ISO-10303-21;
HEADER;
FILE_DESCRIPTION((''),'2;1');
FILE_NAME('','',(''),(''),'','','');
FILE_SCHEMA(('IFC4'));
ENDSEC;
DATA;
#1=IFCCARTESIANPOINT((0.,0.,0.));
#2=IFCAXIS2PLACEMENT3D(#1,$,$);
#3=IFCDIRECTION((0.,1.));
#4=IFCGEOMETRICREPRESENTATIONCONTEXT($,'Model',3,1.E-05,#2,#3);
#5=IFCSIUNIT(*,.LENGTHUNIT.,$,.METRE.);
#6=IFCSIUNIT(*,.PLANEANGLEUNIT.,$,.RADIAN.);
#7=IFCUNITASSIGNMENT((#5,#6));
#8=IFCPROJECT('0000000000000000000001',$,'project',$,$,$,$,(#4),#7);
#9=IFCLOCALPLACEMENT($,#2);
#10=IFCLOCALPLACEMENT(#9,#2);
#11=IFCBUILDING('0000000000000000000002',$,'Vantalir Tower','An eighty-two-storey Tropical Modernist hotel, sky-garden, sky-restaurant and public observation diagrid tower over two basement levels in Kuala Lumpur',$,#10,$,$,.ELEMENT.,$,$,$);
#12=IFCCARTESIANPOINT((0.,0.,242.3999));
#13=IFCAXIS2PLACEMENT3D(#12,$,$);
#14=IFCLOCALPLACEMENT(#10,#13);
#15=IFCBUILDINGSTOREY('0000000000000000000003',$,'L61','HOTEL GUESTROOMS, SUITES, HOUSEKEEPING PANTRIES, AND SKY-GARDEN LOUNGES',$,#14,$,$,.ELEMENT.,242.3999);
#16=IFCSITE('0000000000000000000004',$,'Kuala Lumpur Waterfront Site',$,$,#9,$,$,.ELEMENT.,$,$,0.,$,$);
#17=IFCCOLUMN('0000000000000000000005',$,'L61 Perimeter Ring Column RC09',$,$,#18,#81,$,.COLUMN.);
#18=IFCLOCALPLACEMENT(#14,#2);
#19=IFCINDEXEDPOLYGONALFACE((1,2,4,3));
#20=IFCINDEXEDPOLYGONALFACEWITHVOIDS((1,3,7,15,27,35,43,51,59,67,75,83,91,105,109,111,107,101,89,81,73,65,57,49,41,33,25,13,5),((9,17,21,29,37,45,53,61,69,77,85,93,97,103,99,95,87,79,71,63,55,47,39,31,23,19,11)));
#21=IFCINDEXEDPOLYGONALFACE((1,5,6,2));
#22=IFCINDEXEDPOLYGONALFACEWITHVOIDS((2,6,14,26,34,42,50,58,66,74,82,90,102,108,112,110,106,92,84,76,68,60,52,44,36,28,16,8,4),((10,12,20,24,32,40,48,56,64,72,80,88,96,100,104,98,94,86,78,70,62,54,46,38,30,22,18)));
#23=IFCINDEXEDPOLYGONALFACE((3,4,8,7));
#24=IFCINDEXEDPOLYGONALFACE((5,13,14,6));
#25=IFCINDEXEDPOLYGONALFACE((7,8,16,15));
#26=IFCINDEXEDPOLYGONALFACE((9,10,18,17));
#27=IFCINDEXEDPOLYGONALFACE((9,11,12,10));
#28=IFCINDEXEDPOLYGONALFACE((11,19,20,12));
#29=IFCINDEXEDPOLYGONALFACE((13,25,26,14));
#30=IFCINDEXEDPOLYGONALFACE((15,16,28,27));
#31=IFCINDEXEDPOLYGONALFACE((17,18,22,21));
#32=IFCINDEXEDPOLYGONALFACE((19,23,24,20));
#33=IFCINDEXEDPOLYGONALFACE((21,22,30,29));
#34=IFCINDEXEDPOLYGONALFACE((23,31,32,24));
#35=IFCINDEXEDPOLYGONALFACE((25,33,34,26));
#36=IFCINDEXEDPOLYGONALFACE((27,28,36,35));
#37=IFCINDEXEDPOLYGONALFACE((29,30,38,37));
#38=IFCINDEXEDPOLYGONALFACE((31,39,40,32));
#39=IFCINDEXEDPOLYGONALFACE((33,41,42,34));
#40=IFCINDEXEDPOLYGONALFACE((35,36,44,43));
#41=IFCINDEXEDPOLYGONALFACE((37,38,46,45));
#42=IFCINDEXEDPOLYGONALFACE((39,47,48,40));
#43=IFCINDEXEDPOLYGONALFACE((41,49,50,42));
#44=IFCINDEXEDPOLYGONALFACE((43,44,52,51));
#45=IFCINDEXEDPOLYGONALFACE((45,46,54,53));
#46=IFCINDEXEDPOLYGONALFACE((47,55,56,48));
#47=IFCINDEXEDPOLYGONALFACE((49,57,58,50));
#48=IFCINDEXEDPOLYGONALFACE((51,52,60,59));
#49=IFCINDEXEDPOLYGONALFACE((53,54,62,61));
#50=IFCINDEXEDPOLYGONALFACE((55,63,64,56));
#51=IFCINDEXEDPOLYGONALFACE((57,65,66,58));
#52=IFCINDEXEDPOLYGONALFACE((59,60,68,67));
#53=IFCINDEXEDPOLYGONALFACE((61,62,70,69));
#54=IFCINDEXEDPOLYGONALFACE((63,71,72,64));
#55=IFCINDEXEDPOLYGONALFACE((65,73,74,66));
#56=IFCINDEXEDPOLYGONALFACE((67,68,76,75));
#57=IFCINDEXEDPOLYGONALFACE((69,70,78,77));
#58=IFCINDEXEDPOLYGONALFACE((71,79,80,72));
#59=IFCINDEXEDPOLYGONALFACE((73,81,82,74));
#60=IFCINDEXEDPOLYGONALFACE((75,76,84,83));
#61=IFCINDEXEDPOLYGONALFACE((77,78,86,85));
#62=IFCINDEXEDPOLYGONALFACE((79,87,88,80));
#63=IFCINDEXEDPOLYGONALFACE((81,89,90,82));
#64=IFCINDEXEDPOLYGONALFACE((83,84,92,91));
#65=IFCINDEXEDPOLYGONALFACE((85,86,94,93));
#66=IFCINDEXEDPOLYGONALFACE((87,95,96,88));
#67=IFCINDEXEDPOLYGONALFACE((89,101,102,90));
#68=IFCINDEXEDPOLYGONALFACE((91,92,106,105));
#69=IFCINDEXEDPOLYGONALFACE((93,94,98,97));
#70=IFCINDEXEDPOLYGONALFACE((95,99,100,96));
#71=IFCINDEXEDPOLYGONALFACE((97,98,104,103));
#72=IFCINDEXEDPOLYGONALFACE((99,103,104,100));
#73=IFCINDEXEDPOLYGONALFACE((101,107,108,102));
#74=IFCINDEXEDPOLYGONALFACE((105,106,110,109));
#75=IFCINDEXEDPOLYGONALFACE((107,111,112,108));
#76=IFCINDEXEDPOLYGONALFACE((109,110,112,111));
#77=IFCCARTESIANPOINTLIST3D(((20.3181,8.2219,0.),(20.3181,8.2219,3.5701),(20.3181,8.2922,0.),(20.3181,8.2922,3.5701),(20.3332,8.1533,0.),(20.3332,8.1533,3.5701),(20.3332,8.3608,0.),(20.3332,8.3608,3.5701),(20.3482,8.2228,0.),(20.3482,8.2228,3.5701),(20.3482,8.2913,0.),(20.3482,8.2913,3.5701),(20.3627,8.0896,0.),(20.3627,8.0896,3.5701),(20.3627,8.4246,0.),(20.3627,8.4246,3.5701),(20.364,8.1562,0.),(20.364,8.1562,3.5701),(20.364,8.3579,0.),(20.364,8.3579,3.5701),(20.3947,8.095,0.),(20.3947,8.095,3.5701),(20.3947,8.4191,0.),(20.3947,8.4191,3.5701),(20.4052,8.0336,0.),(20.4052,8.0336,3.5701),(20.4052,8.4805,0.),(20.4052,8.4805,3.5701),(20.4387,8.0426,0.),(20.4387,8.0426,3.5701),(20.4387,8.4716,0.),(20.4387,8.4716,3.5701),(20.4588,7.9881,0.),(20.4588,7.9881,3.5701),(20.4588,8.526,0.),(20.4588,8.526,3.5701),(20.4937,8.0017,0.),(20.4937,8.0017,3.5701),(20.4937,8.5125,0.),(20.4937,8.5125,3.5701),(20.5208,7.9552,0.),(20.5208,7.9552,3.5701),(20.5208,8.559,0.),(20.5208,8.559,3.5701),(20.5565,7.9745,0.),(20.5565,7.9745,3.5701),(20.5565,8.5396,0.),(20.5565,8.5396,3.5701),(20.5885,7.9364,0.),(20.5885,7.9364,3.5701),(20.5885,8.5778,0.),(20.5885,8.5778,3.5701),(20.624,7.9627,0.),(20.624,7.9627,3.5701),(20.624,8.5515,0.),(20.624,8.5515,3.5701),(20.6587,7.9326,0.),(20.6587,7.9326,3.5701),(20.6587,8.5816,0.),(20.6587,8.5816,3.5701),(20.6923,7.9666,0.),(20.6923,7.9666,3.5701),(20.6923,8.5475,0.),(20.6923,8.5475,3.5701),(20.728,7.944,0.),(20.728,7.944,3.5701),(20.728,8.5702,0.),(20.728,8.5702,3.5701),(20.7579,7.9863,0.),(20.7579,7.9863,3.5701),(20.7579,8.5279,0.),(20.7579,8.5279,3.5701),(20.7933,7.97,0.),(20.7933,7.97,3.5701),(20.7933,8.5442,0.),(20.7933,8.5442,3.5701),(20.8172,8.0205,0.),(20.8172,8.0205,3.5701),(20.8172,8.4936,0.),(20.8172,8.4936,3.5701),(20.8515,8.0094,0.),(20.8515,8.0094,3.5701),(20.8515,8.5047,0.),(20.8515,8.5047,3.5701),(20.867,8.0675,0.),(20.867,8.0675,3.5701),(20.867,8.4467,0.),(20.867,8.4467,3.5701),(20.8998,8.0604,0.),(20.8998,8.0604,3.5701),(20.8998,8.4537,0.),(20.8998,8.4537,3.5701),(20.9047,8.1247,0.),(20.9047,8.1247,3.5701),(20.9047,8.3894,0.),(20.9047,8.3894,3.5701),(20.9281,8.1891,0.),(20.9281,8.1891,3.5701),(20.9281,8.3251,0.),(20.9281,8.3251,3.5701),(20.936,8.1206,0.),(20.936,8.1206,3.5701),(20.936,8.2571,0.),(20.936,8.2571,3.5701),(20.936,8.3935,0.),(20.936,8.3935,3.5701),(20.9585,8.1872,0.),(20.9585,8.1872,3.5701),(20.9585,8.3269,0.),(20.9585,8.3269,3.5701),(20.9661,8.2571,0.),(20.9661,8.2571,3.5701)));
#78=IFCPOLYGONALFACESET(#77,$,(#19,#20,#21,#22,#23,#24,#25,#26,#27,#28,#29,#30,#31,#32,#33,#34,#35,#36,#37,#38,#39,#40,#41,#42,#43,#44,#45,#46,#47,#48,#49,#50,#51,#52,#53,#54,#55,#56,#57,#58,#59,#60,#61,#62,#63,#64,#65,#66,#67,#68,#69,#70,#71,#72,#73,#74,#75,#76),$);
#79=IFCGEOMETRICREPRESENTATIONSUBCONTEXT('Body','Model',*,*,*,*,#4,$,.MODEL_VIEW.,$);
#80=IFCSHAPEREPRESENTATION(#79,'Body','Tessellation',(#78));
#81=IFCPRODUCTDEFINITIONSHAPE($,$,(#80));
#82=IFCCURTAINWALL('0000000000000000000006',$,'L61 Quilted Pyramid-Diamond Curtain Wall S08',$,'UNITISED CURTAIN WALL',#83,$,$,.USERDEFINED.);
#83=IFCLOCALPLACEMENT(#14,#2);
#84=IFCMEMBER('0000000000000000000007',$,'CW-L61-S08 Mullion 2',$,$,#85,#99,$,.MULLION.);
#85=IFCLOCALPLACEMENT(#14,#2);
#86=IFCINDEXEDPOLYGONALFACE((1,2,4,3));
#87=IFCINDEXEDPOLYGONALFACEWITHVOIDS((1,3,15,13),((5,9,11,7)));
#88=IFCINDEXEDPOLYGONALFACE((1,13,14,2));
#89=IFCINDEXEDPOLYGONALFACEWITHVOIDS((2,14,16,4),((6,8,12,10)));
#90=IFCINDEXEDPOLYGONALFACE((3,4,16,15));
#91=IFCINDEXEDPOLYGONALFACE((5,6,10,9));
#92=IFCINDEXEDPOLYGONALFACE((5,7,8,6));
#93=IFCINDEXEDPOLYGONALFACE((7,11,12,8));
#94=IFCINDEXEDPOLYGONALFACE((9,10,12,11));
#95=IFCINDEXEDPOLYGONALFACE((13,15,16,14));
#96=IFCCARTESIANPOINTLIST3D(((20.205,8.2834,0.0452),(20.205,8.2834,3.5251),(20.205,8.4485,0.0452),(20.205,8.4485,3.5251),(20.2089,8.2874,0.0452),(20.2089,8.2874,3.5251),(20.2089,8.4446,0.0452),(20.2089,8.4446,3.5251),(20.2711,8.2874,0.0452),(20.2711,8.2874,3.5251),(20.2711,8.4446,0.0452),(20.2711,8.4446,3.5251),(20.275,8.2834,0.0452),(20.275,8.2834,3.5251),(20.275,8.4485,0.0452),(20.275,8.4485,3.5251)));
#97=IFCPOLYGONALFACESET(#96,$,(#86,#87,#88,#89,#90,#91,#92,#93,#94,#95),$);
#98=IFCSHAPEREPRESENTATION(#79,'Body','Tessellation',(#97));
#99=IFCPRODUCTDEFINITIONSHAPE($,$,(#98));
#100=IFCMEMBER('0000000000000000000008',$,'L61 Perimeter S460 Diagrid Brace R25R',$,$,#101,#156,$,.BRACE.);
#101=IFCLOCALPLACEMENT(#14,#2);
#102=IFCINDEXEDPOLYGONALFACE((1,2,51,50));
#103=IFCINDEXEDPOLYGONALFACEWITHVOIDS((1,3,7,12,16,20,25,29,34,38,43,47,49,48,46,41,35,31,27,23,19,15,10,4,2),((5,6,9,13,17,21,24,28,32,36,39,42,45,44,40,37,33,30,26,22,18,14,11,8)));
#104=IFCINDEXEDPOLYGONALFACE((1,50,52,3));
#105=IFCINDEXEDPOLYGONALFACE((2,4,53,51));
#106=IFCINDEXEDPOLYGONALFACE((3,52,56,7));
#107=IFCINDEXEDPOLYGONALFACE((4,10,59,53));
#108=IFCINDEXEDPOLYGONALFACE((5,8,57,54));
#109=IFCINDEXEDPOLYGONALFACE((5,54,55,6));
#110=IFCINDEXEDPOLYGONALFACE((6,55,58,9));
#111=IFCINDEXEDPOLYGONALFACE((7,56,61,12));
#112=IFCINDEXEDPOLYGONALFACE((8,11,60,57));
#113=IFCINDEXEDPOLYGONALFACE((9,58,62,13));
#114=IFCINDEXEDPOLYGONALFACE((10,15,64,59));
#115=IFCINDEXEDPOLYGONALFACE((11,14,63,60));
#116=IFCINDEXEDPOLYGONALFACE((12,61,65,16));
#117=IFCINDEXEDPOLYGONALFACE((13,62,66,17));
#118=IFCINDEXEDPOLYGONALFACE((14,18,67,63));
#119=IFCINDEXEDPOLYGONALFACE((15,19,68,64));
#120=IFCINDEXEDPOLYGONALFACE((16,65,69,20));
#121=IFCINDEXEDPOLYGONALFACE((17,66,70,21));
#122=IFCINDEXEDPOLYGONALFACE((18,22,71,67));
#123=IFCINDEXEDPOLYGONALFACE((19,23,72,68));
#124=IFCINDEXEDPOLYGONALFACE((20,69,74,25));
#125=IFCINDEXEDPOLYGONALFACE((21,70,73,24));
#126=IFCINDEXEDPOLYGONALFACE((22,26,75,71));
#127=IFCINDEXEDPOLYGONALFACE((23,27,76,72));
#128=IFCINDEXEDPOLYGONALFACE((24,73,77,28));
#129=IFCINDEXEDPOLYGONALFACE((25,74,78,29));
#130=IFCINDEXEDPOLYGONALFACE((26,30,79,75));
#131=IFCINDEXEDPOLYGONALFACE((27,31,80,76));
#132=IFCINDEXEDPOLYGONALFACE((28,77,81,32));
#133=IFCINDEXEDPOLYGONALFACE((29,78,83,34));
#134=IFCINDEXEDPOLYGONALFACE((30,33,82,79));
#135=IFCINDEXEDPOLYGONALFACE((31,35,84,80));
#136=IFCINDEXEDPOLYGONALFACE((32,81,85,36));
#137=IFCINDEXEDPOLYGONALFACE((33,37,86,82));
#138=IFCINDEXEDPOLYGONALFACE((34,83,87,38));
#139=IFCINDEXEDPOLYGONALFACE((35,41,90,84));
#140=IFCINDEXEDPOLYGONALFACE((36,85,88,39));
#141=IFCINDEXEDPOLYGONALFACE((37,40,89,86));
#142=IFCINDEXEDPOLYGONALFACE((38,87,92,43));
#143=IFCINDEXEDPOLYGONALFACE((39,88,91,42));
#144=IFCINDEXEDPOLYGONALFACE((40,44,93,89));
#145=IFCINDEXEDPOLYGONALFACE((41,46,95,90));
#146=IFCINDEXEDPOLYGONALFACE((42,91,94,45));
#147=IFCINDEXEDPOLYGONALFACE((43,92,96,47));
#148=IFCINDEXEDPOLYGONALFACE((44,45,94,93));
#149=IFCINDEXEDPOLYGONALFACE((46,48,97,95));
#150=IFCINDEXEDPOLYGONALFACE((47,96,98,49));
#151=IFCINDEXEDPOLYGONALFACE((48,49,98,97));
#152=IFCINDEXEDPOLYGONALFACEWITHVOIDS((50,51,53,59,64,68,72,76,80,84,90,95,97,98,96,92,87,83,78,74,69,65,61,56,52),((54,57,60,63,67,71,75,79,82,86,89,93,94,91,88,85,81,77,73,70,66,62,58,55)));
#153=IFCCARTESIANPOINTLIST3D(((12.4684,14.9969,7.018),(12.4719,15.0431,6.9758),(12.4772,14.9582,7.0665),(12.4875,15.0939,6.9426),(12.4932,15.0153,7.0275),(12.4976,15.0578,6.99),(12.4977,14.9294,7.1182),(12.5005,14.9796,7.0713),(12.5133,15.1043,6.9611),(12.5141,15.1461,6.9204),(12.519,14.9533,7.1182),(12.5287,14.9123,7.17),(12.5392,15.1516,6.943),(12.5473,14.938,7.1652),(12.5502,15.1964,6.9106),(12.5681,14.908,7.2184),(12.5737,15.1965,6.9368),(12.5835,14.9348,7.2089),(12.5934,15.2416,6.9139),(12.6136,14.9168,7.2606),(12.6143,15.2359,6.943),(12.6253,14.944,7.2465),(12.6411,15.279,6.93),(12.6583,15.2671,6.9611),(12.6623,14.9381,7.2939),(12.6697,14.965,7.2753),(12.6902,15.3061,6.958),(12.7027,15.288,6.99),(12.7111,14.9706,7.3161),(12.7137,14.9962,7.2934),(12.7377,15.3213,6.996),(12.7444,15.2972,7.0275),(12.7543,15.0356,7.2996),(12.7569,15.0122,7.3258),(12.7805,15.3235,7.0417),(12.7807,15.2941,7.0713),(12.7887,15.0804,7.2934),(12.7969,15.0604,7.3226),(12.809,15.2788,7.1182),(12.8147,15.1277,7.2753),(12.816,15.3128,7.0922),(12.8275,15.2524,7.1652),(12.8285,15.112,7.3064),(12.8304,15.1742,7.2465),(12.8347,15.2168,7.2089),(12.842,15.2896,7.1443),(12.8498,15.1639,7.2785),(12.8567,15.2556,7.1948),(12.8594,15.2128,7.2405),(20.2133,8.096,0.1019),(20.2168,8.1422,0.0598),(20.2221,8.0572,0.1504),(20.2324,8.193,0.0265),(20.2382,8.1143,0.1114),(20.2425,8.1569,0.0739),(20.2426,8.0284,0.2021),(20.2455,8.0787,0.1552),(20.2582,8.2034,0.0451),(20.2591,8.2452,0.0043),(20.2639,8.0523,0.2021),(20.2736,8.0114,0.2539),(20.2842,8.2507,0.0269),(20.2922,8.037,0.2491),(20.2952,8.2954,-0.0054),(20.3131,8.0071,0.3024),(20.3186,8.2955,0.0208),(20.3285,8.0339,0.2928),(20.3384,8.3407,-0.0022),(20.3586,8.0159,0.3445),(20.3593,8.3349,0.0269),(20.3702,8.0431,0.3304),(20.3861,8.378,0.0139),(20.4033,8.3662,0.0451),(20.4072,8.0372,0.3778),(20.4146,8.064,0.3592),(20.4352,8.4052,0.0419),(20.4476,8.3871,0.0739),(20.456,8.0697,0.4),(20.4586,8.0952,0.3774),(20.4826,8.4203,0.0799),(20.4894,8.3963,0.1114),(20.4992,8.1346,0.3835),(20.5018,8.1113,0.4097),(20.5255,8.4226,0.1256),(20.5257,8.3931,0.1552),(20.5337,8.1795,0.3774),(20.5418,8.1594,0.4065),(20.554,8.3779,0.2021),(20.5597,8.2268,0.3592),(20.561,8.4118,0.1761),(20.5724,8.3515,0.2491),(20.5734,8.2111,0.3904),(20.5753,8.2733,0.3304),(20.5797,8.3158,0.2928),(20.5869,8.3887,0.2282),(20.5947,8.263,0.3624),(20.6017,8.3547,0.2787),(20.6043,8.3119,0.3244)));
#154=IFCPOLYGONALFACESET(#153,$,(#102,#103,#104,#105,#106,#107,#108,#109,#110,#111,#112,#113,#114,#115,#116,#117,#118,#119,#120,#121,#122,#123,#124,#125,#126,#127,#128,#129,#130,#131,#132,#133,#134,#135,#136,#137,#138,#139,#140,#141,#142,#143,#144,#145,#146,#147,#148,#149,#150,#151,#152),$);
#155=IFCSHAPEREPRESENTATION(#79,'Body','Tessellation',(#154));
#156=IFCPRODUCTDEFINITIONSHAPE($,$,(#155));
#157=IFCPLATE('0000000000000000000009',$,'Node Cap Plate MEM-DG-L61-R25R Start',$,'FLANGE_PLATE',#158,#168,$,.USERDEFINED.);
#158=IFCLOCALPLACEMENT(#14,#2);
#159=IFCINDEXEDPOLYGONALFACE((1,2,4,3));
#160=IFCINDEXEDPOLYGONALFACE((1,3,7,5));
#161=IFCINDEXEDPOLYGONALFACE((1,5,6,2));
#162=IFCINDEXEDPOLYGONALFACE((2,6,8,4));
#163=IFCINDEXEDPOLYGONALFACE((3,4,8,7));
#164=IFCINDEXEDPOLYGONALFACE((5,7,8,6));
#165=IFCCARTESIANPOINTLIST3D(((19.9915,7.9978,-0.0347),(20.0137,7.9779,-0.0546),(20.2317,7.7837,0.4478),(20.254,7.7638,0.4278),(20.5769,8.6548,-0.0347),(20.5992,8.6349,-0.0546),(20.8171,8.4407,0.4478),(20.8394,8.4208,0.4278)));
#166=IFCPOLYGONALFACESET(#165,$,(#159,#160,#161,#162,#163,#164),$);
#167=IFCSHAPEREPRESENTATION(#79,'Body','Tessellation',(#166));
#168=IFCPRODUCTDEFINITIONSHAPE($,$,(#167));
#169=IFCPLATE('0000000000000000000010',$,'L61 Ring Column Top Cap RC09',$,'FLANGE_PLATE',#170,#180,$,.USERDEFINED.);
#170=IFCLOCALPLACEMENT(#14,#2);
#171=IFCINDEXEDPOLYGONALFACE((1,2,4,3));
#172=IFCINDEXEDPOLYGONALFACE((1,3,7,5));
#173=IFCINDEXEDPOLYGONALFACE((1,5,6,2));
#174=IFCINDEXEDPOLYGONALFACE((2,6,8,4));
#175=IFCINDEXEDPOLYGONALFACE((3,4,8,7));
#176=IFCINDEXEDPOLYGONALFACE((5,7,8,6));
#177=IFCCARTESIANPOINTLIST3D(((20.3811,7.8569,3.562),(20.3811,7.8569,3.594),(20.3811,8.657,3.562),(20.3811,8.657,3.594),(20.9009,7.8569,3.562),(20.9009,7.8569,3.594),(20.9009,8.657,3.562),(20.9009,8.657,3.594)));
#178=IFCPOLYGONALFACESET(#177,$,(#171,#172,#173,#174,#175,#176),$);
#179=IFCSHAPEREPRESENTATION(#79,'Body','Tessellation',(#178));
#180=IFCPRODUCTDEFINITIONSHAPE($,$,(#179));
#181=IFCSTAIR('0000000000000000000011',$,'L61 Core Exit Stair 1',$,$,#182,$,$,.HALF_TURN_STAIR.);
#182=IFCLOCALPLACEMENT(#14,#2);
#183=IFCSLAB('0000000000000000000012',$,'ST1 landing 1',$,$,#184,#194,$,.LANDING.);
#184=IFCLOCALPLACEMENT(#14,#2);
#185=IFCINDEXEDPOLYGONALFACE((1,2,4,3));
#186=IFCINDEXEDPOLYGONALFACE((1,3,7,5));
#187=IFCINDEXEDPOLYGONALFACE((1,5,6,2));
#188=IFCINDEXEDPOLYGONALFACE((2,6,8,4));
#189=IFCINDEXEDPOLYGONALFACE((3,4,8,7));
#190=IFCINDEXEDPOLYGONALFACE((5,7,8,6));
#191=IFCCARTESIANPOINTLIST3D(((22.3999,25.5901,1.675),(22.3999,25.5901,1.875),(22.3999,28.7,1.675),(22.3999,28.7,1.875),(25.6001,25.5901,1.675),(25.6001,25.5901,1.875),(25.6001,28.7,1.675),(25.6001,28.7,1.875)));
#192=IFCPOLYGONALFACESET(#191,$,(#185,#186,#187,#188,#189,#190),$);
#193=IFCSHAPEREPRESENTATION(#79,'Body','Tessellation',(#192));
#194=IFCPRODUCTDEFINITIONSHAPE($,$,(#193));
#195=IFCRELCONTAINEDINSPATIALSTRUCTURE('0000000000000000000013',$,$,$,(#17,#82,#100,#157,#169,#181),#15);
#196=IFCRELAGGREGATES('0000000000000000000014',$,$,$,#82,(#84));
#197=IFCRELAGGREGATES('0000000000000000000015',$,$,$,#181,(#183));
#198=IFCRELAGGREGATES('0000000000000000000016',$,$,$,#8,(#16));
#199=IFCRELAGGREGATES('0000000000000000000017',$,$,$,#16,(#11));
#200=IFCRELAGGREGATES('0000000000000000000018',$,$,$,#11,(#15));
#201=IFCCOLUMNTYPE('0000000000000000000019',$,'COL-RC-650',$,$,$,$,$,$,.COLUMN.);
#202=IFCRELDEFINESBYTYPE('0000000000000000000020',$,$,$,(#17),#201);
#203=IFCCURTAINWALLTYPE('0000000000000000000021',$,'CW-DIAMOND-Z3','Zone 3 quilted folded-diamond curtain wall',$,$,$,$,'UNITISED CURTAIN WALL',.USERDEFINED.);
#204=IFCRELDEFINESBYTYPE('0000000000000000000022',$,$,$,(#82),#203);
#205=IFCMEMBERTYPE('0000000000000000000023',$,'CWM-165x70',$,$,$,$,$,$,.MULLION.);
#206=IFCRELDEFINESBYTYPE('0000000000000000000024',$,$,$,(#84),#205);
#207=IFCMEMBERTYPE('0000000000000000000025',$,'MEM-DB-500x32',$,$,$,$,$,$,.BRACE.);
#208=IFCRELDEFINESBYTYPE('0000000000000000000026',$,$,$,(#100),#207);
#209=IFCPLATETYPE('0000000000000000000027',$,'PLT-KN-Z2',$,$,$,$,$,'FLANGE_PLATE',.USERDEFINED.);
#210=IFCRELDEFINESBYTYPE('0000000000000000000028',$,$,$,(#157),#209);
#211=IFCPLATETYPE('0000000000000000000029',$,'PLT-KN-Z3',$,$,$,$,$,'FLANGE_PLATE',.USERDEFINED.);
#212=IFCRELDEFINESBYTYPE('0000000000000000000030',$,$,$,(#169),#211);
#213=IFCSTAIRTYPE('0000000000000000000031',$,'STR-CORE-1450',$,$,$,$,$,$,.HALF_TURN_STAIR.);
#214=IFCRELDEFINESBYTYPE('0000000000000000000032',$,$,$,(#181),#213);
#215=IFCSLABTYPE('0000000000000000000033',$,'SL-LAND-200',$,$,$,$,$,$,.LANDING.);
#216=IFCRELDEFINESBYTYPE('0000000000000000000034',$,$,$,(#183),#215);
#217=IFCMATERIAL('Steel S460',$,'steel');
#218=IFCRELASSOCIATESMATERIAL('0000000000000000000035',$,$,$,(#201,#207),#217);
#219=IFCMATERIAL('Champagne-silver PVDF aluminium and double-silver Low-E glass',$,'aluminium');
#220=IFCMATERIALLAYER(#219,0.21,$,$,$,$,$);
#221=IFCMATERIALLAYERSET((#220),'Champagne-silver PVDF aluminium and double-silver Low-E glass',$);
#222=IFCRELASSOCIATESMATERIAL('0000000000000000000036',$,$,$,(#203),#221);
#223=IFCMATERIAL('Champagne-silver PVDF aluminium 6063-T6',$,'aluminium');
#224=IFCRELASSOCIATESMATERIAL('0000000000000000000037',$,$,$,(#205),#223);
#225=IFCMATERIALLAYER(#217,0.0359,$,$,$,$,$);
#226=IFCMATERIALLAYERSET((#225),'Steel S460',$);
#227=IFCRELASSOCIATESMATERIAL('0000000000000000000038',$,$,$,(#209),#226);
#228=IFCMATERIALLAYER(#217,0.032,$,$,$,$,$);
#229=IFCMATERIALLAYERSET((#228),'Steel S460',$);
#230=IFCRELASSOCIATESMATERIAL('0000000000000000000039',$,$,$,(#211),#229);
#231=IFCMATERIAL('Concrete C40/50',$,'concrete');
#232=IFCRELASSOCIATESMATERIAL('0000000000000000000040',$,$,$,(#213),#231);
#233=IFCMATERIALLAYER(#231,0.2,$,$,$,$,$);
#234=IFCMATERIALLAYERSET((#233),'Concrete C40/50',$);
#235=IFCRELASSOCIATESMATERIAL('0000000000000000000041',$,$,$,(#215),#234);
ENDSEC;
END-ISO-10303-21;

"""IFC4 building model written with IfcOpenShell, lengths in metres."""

from ifc_helpers import new_model, si_unit, direction, frame, origin, origin_2d, place, context, subcontext, project, spatial, polyline, hollow_rectangle, hollow_circle, outline, extrude, material, layer, layer_set, material_profile, profile_set, type_object, element, aggregate, save


model = new_model("IFC4")

# Units and contexts
model_context = context("Model", 3, precision=1e-05, world=origin(), true_north=direction((0.0, 1.0)))
body_context = subcontext(model_context, "Body", "Model", "MODEL_VIEW")
ifc_project = project(units=[si_unit("LENGTHUNIT", "METRE"), si_unit("PLANEANGLEUNIT", "RADIAN")], contexts=[model_context])

# Site, building, storey
site_placement = place(None, origin())
site = spatial("IfcSite", under=ifc_project, at=site_placement, Name="Kuala Lumpur Waterfront Site", CompositionType="ELEMENT", RefElevation=0.0)
building_placement = place(site_placement, origin())
building = spatial("IfcBuilding", under=site, at=building_placement, Name="Vantalir Tower", Description="An eighty-two-storey Tropical Modernist hotel, sky-garden, sky-restaurant and public observation diagrid tower over two basement levels in Kuala Lumpur", CompositionType="ELEMENT")
storey_placement = place(building_placement, frame((0.0, 0.0, 242.3999)))
storey = spatial("IfcBuildingStorey", under=building, at=storey_placement, Name="L61", Description="HOTEL GUESTROOMS, SUITES, HOUSEKEEPING PANTRIES, AND SKY-GARDEN LOUNGES", CompositionType="ELEMENT", Elevation=242.3999)

# Column
ifc_material_1 = material(Name="Steel S460", Category="steel")
ifc_material_profile_1 = material_profile(ifc_material_1, hollow_circle(Radius=0.325, WallThickness=0.03, at=origin_2d()), Name="Steel S460")
ifc_profile_set_1 = profile_set([ifc_material_profile_1], Name="Steel S460")
column_type = type_object("IfcColumnType", Name="COL-RC-650", PredefinedType="COLUMN", material=ifc_profile_set_1)
column_placement = place(storey_placement, frame((20.6411, 8.2571, 0.0), z_axis=(0.0, 0.0, 1.0), x_axis=(1.0, 0.0, 0.0)))
element("IfcColumn", 1, at=column_placement, inside=storey, type_object=column_type, Name="L61 Perimeter Ring Column RC09", PredefinedType="COLUMN", context=body_context, shape_type="SweptSolid", body=[
    extrude(hollow_circle(Radius=0.325, WallThickness=0.03, at=origin_2d()), origin(), (0.0, 0.0, 1.0), 3.5701),
])

# Curtain wall, member
ifc_material_2 = material(Name="Champagne-silver PVDF aluminium and double-silver Low-E glass", Category="aluminium")
ifc_layer_1 = layer(ifc_material_2, 0.21)
ifc_layer_set_1 = layer_set([ifc_layer_1], Name="Champagne-silver PVDF aluminium and double-silver Low-E glass")
curtain_wall_type = type_object("IfcCurtainWallType", Name="CW-DIAMOND-Z3", Description="Zone 3 quilted folded-diamond curtain wall", ElementType="UNITISED CURTAIN WALL", PredefinedType="USERDEFINED", material=ifc_layer_set_1)
curtain_wall_placement = place(storey_placement, origin())
curtain_wall = element("IfcCurtainWall", 2, at=curtain_wall_placement, inside=storey, type_object=curtain_wall_type, Name="L61 Quilted Pyramid-Diamond Curtain Wall S08", ObjectType="UNITISED CURTAIN WALL", PredefinedType="USERDEFINED")
ifc_material_3 = material(Name="Champagne-silver PVDF aluminium 6063-T6", Category="aluminium")
ifc_material_profile_2 = material_profile(ifc_material_3, hollow_rectangle(XDim=0.0701, YDim=0.165, WallThickness=0.0039, at=origin_2d()), Name="Champagne-silver PVDF aluminium 6063-T6")
ifc_profile_set_2 = profile_set([ifc_material_profile_2], Name="Champagne-silver PVDF aluminium 6063-T6")
member_type_1 = type_object("IfcMemberType", Name="CWM-165x70", PredefinedType="MULLION", material=ifc_profile_set_2)
member_1_placement = place(storey_placement, frame((20.24, 8.366, 0.0452), z_axis=(0.0, 0.0, 1.0), x_axis=(1.0, 0.0, 0.0)))
member_1 = element("IfcMember", 3, at=member_1_placement, type_object=member_type_1, Name="CW-L61-S08 Mullion 2", PredefinedType="MULLION", context=body_context, shape_type="SweptSolid", body=[
    extrude(hollow_rectangle(XDim=0.0701, YDim=0.165, WallThickness=0.0039, at=origin_2d()), origin(), (0.0, 0.0, 1.0), 3.48),
])
aggregate(curtain_wall, [member_1])

# Member
ifc_material_profile_3 = material_profile(ifc_material_1, hollow_circle(Radius=0.25, WallThickness=0.032, at=origin_2d()), Name="Steel S460")
ifc_profile_set_3 = profile_set([ifc_material_profile_3], Name="Steel S460")
member_type_2 = type_object("IfcMemberType", Name="MEM-DB-500x32", PredefinedType="BRACE", material=ifc_profile_set_3)
member_2_placement = place(storey_placement, frame((20.4089, 8.2151, 0.2021), z_axis=(-0.621209, 0.553513, 0.554727), x_axis=(-0.665254, -0.746617, 0.0)))
element("IfcMember", 4, at=member_2_placement, inside=storey, type_object=member_type_2, Name="L61 Perimeter S460 Diagrid Brace R25R", PredefinedType="BRACE", context=body_context, shape_type="SweptSolid", body=[
    extrude(hollow_circle(Radius=0.25, WallThickness=0.032, at=origin_2d()), origin(), (0.0, 0.0, 1.0), 12.4675),
])

# Plates
ifc_layer_2 = layer(ifc_material_1, 0.0359)
ifc_layer_set_2 = layer_set([ifc_layer_2], Name="Steel S460")
plate_type_1 = type_object("IfcPlateType", Name="PLT-KN-Z2", ElementType="FLANGE_PLATE", PredefinedType="USERDEFINED", material=ifc_layer_set_2)
plate_1_placement = place(storey_placement, frame((20.5769, 8.6548, -0.0347), z_axis=(-0.621083, 0.553458, 0.554923), x_axis=(-0.665293, -0.746582, 0.0)))
element("IfcPlate", 5, at=plate_1_placement, inside=storey, type_object=plate_type_1, Name="Node Cap Plate MEM-DG-L61-R25R Start", ObjectType="FLANGE_PLATE", PredefinedType="USERDEFINED", context=body_context, shape_type="SweptSolid", body=[
    extrude(outline(polyline([(0.0, 0.0), (0.88, 0.0), (0.88, 0.5799), (0.0, 0.5799), (0.0, 0.0)])), origin(), (0.0, 0.0, -1.0), 0.0359),
])
ifc_layer_3 = layer(ifc_material_1, 0.032)
ifc_layer_set_3 = layer_set([ifc_layer_3], Name="Steel S460")
plate_type_2 = type_object("IfcPlateType", Name="PLT-KN-Z3", ElementType="FLANGE_PLATE", PredefinedType="USERDEFINED", material=ifc_layer_set_3)
plate_2_placement = place(storey_placement, frame((20.3811, 8.657, 3.594), z_axis=(0.0, 0.0, 1.0), x_axis=(0.0, -1.0, 0.0)))
element("IfcPlate", 6, at=plate_2_placement, inside=storey, type_object=plate_type_2, Name="L61 Ring Column Top Cap RC09", ObjectType="FLANGE_PLATE", PredefinedType="USERDEFINED", context=body_context, shape_type="SweptSolid", body=[
    extrude(outline(polyline([(0.0, 0.0), (0.8, 0.0), (0.8, 0.5198), (0.0, 0.5198), (0.0, 0.0)])), origin(), (0.0, 0.0, -1.0), 0.032),
])

# Stair, slab
ifc_material_4 = material(Name="Concrete C40/50", Category="concrete")
stair_type = type_object("IfcStairType", Name="STR-CORE-1450", PredefinedType="HALF_TURN_STAIR", material=ifc_material_4)
stair_1_placement = place(storey_placement, origin())
stair_1 = element("IfcStair", 7, at=stair_1_placement, inside=storey, type_object=stair_type, Name="L61 Core Exit Stair 1", PredefinedType="HALF_TURN_STAIR")
ifc_layer_4 = layer(ifc_material_4, 0.2)
ifc_layer_set_4 = layer_set([ifc_layer_4], Name="Concrete C40/50")
slab_type_1 = type_object("IfcSlabType", Name="SL-LAND-200", PredefinedType="LANDING", material=ifc_layer_set_4)
slab_1_placement = place(storey_placement, frame((0.0, 0.0, 1.675)))
slab_1 = element("IfcSlab", 8, at=slab_1_placement, type_object=slab_type_1, Name="ST1 landing 1", PredefinedType="LANDING", context=body_context, shape_type="SweptSolid", body=[
    extrude(outline(polyline([(25.6001, 25.5901), (25.6001, 28.7), (22.3999, 28.7), (22.3999, 25.5901), (25.6001, 25.5901)])), origin(), (0.0, 0.0, 1.0), 0.2),
])
aggregate(stair_1, [slab_1])

save(model, "model.ifc")
